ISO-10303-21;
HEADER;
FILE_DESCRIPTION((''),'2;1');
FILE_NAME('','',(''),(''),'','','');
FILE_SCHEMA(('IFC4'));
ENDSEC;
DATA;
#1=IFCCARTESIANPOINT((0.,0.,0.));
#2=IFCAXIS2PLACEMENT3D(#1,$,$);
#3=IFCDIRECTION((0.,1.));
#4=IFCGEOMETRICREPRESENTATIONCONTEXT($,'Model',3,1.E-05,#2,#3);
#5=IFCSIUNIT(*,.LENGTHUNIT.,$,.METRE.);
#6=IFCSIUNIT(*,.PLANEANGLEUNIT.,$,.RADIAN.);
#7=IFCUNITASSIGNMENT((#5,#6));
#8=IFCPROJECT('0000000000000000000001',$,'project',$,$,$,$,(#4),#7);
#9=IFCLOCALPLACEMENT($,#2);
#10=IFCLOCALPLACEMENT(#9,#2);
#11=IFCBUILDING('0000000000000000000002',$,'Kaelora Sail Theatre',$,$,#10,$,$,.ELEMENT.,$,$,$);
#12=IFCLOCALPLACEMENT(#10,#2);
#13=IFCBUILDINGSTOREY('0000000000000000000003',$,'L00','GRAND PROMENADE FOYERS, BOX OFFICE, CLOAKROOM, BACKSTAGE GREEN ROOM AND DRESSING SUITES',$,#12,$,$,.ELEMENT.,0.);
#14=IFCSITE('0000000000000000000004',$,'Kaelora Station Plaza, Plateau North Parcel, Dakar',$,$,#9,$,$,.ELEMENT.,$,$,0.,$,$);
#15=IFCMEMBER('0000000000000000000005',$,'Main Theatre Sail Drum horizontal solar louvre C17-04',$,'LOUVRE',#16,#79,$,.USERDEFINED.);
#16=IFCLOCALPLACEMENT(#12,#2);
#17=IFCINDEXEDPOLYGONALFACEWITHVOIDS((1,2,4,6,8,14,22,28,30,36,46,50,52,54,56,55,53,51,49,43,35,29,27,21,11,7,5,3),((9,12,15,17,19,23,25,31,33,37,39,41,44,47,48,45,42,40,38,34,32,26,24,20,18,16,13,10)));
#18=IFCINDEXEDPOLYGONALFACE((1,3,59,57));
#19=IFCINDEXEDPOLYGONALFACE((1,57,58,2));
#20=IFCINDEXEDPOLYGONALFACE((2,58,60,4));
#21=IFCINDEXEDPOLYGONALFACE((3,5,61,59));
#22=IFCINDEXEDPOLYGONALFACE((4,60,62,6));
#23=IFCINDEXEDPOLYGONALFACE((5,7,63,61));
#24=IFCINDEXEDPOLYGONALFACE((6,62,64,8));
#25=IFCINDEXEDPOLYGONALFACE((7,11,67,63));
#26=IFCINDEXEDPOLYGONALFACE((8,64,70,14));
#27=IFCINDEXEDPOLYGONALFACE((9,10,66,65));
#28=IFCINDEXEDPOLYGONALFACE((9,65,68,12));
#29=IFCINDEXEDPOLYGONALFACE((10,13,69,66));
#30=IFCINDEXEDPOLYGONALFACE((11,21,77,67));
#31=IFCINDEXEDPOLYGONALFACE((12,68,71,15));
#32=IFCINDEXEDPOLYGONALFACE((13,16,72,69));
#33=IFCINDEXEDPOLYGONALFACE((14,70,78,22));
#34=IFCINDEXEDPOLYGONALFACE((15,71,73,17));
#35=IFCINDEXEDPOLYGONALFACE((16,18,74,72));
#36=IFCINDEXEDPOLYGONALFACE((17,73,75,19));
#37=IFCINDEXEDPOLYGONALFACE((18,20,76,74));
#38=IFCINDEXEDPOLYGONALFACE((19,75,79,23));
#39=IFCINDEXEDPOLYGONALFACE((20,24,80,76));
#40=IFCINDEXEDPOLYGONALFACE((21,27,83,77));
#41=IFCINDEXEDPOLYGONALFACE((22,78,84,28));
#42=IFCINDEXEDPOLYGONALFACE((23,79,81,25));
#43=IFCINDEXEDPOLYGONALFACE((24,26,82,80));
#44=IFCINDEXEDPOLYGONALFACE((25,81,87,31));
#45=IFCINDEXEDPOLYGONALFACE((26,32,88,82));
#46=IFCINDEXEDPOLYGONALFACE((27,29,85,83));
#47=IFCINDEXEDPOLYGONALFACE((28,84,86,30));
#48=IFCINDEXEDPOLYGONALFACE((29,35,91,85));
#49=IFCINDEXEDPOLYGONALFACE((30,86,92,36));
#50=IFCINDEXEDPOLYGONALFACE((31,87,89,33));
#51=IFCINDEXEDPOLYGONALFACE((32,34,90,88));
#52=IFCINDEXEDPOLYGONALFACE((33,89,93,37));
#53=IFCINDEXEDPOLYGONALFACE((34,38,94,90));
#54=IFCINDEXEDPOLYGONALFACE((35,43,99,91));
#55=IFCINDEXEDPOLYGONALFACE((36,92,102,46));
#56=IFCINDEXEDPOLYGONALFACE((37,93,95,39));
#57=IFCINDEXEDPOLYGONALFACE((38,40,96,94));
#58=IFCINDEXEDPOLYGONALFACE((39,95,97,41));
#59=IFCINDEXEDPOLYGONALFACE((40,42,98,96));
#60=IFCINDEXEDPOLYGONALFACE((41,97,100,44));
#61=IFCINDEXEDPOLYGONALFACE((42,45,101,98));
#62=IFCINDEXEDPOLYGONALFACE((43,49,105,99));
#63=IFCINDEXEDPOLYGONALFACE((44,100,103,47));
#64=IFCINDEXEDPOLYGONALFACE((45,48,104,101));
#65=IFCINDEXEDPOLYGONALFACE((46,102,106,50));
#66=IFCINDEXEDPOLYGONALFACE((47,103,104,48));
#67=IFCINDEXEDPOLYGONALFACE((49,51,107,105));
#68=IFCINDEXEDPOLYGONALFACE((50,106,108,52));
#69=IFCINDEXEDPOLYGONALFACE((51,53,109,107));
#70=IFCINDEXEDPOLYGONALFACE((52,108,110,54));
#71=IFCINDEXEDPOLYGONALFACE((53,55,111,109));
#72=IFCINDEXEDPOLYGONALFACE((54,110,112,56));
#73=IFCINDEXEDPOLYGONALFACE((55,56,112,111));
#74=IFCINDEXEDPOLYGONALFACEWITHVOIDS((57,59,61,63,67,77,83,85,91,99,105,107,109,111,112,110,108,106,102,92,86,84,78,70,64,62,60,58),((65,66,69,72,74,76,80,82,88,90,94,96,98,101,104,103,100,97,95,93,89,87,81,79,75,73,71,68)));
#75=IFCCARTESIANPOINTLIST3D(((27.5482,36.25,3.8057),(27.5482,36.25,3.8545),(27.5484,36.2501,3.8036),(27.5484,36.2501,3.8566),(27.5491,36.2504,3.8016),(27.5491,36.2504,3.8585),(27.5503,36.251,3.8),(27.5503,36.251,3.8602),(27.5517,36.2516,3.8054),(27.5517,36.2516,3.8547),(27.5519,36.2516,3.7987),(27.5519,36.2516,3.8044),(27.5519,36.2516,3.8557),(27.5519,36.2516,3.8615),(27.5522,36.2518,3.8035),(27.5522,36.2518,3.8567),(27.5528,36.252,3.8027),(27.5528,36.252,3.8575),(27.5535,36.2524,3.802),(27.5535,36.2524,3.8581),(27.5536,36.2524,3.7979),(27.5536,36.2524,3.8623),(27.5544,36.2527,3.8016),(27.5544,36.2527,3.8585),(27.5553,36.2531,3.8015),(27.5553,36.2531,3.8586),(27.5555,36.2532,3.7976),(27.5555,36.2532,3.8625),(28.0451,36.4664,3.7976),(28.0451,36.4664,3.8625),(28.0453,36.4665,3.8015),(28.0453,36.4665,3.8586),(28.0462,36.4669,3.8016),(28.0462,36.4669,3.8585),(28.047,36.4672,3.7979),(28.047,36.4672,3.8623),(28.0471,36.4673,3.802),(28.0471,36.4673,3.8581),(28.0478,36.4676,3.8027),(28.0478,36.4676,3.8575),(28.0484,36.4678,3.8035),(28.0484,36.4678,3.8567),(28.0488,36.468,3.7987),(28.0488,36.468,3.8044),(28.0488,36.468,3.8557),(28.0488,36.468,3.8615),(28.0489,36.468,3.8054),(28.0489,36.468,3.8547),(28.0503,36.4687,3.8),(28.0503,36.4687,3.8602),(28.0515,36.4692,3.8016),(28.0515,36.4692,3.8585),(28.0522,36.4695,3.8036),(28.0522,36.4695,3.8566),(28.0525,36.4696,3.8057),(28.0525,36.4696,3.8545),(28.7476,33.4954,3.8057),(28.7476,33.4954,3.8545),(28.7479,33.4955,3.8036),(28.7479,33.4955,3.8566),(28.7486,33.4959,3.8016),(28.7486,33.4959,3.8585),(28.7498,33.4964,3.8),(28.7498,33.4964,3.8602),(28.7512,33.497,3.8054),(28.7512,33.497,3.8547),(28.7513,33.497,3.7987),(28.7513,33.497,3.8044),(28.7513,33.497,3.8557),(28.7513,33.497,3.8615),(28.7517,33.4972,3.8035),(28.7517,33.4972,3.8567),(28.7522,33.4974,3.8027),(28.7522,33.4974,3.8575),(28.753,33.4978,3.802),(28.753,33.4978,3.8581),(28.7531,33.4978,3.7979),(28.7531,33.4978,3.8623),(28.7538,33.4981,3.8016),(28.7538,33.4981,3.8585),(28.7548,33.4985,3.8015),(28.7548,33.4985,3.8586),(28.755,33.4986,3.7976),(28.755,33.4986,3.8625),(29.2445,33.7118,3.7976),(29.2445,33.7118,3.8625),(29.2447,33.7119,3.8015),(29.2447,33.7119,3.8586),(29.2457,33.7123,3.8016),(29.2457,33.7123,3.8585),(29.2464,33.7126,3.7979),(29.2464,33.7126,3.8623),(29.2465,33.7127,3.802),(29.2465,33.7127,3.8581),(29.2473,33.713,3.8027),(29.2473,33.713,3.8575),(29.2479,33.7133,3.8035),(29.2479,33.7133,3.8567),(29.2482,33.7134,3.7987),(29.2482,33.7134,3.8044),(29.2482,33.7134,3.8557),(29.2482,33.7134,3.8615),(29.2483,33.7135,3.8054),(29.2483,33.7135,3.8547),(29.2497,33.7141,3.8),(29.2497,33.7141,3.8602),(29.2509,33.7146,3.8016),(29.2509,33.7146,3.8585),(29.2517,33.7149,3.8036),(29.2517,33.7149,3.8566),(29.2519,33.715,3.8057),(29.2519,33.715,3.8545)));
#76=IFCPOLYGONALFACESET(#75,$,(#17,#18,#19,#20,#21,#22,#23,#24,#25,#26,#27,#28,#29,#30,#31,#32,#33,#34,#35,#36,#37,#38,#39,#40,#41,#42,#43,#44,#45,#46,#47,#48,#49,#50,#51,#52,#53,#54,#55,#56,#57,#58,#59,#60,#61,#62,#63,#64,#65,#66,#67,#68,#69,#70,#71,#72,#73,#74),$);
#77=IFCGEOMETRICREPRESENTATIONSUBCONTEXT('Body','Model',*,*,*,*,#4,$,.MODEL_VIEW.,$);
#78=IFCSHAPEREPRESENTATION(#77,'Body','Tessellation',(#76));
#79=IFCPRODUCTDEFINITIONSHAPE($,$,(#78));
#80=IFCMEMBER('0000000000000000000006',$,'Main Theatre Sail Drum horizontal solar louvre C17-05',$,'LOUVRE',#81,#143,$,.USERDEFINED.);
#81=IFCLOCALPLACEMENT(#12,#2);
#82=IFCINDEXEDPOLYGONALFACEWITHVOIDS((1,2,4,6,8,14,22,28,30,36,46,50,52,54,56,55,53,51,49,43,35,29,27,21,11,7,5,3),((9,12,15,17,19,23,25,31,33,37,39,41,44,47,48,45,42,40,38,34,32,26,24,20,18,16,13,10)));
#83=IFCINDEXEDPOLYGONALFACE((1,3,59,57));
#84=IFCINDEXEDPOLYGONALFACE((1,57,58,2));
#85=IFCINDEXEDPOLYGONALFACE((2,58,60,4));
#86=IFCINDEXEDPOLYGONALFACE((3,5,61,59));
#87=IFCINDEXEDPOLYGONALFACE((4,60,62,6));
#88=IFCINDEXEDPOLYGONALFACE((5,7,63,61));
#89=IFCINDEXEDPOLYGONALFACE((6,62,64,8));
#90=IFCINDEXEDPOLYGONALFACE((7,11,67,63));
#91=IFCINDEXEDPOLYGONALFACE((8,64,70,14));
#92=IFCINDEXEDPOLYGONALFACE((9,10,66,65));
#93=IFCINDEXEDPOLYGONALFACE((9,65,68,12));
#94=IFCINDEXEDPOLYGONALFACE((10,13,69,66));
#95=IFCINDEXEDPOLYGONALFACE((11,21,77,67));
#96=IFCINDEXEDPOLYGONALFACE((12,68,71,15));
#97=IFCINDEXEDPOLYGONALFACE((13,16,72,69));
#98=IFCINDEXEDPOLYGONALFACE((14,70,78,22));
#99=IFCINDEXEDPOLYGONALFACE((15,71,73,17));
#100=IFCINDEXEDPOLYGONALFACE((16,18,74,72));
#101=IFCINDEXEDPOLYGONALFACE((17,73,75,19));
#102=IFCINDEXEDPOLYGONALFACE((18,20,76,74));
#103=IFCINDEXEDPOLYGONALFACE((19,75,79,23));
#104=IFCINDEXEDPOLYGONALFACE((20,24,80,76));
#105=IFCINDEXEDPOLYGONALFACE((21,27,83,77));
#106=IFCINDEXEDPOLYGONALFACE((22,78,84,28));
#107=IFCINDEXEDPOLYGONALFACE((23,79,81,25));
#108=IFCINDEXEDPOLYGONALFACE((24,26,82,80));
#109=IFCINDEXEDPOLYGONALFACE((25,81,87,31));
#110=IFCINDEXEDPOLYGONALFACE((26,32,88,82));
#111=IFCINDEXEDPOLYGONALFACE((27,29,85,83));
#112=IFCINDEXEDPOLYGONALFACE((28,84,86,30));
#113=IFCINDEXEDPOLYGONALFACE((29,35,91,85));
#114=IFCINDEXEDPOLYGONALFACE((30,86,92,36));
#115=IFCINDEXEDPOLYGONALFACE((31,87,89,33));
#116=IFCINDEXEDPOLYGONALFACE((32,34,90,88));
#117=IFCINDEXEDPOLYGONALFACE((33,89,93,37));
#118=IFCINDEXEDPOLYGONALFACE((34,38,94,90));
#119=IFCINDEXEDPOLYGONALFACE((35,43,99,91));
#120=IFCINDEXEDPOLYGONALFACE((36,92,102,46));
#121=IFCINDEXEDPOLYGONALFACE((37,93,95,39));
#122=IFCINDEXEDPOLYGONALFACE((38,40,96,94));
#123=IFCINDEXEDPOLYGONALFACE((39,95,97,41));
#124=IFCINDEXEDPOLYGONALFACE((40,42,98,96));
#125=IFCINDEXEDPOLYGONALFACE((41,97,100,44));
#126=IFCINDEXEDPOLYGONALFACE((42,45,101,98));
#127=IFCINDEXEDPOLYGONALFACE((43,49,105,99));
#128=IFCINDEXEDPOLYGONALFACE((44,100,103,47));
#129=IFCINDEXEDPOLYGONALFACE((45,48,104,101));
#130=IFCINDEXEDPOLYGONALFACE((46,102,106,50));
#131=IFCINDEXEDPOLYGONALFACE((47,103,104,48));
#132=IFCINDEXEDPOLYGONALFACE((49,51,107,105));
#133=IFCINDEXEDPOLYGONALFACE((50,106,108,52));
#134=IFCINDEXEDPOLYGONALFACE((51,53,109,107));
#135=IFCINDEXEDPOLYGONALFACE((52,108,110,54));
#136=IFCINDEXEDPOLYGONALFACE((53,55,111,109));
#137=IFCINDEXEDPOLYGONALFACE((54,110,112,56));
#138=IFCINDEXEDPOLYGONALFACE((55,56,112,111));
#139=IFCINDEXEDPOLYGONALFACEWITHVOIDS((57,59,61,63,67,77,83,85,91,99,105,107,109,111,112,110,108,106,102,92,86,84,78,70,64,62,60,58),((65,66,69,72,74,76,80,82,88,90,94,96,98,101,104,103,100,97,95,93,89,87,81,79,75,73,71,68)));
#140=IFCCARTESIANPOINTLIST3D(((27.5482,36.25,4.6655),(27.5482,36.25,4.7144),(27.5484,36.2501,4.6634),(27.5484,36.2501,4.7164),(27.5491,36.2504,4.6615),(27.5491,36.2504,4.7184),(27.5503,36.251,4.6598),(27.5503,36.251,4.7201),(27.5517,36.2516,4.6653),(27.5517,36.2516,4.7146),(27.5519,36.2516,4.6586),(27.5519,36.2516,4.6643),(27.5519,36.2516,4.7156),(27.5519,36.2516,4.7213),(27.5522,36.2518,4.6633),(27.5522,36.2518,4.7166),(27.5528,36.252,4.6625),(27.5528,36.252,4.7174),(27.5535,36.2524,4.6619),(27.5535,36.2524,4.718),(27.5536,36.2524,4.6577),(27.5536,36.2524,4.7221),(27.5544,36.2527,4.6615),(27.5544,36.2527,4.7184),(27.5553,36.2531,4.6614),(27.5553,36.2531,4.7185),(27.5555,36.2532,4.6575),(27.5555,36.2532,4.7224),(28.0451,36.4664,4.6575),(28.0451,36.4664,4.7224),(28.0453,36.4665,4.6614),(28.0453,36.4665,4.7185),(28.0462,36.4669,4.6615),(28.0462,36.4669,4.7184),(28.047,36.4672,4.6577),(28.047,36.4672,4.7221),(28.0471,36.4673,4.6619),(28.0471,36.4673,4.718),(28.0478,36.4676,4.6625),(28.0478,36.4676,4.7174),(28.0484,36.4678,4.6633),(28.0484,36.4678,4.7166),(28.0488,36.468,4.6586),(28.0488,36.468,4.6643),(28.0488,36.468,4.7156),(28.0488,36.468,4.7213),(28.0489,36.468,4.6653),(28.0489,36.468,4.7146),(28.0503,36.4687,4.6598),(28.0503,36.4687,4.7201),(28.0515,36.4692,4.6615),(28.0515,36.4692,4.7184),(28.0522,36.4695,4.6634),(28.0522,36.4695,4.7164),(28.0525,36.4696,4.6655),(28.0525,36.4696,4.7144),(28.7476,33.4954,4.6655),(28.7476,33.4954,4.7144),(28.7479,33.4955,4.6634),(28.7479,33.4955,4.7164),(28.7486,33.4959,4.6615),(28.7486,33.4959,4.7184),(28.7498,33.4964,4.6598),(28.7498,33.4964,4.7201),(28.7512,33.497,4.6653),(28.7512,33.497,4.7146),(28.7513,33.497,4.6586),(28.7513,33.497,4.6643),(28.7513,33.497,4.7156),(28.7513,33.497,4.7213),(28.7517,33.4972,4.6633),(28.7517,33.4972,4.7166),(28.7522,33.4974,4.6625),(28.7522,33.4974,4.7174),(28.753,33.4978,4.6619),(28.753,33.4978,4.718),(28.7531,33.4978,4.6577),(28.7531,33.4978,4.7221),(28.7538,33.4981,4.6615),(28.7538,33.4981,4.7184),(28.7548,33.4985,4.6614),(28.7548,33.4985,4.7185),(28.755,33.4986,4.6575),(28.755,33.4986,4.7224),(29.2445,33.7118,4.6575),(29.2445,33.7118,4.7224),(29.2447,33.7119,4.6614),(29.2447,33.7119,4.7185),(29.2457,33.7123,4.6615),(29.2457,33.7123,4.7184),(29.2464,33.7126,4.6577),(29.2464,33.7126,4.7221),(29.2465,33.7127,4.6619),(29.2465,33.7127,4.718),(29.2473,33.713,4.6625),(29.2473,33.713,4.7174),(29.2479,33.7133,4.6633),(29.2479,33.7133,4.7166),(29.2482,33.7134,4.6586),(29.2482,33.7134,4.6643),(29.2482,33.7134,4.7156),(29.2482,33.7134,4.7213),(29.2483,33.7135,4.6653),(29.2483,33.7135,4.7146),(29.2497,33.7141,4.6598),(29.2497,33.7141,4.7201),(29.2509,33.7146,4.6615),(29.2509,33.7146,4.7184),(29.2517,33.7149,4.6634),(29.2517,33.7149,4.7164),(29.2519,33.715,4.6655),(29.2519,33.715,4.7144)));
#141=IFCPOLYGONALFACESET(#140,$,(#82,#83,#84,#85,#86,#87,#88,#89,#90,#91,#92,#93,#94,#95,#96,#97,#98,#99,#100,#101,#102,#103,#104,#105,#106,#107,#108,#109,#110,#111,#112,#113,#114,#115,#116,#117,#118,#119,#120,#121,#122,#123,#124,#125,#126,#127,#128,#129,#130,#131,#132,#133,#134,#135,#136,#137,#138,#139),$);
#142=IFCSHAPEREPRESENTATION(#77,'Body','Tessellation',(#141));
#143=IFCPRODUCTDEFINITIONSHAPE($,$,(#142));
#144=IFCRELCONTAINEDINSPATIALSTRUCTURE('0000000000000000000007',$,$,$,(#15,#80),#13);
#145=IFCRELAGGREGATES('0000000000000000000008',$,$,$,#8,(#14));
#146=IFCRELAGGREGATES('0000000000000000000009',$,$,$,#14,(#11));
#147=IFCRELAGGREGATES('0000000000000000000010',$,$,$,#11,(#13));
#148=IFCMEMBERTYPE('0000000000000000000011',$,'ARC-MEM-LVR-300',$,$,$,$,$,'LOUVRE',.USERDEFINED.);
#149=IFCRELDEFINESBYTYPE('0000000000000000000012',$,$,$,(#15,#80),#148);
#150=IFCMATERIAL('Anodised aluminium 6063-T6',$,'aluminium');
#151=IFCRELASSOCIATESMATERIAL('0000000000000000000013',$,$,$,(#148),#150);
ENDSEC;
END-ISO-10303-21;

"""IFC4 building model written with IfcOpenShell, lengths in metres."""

from ifc_helpers import new_model, si_unit, direction, frame, origin, origin_2d, place, context, subcontext, project, spatial, hollow_rectangle, extrude, material, material_profile, profile_set, type_object, element, save


model = new_model("IFC4")

# Units and contexts
model_context = context("Model", 3, precision=1e-05, world=origin(), true_north=direction((0.0, 1.0)))
body_context = subcontext(model_context, "Body", "Model", "MODEL_VIEW")
ifc_project = project(units=[si_unit("LENGTHUNIT", "METRE"), si_unit("PLANEANGLEUNIT", "RADIAN")], contexts=[model_context])

# Site, building, storey
site_placement = place(None, origin())
site = spatial("IfcSite", under=ifc_project, at=site_placement, Name="Kaelora Station Plaza, Plateau North Parcel, Dakar", CompositionType="ELEMENT", RefElevation=0.0)
building_placement = place(site_placement, origin())
building = spatial("IfcBuilding", under=site, at=building_placement, Name="Kaelora Sail Theatre", CompositionType="ELEMENT")
storey_placement = place(building_placement, origin())
storey = spatial("IfcBuildingStorey", under=building, at=storey_placement, Name="L00", Description="GRAND PROMENADE FOYERS, BOX OFFICE, CLOAKROOM, BACKSTAGE GREEN ROOM AND DRESSING SUITES", CompositionType="ELEMENT", Elevation=0.0)

# Members
ifc_material_1 = material(Name="Anodised aluminium 6063-T6", Category="aluminium")
ifc_material_profile_1 = material_profile(ifc_material_1, hollow_rectangle(XDim=0.55, YDim=0.0649, WallThickness=0.0039, InnerFilletRadius=0.0039, OuterFilletRadius=0.0081, at=origin_2d()), Name="LOUVRE 550x65x4")
ifc_profile_set_1 = profile_set([ifc_material_profile_1], Name="Anodised aluminium 6063-T6")
member_type_1 = type_object("IfcMemberType", Name="ARC-MEM-LVR-300", ElementType="LOUVRE", PredefinedType="USERDEFINED", material=ifc_profile_set_1)
for number, where, z_axis, x_axis, name in (
    (1, (28.9998, 33.6052, 3.8301), (-0.399228, 0.916852, 0.0), (-0.916852, -0.399228, 0.0), "Main Theatre Sail Drum horizontal solar louvre C17-04"),
    (2, (28.9998, 33.6052, 4.6899), (-0.399228, 0.916852, 0.0), (-0.916852, -0.399228, 0.0), "Main Theatre Sail Drum horizontal solar louvre C17-05"),
):
    element("IfcMember", number, at=place(storey_placement, frame(where, z_axis=z_axis, x_axis=x_axis)), inside=storey, type_object=member_type_1, Name=name, ObjectType="LOUVRE", PredefinedType="USERDEFINED", context=body_context, shape_type="SweptSolid", body=[
        extrude(hollow_rectangle(XDim=0.55, YDim=0.0649, WallThickness=0.0039, InnerFilletRadius=0.0039, OuterFilletRadius=0.0081, at=origin_2d()), origin(), (0.0, 0.0, 1.0), 3.0044),
    ])

save(model, "model.ifc")
